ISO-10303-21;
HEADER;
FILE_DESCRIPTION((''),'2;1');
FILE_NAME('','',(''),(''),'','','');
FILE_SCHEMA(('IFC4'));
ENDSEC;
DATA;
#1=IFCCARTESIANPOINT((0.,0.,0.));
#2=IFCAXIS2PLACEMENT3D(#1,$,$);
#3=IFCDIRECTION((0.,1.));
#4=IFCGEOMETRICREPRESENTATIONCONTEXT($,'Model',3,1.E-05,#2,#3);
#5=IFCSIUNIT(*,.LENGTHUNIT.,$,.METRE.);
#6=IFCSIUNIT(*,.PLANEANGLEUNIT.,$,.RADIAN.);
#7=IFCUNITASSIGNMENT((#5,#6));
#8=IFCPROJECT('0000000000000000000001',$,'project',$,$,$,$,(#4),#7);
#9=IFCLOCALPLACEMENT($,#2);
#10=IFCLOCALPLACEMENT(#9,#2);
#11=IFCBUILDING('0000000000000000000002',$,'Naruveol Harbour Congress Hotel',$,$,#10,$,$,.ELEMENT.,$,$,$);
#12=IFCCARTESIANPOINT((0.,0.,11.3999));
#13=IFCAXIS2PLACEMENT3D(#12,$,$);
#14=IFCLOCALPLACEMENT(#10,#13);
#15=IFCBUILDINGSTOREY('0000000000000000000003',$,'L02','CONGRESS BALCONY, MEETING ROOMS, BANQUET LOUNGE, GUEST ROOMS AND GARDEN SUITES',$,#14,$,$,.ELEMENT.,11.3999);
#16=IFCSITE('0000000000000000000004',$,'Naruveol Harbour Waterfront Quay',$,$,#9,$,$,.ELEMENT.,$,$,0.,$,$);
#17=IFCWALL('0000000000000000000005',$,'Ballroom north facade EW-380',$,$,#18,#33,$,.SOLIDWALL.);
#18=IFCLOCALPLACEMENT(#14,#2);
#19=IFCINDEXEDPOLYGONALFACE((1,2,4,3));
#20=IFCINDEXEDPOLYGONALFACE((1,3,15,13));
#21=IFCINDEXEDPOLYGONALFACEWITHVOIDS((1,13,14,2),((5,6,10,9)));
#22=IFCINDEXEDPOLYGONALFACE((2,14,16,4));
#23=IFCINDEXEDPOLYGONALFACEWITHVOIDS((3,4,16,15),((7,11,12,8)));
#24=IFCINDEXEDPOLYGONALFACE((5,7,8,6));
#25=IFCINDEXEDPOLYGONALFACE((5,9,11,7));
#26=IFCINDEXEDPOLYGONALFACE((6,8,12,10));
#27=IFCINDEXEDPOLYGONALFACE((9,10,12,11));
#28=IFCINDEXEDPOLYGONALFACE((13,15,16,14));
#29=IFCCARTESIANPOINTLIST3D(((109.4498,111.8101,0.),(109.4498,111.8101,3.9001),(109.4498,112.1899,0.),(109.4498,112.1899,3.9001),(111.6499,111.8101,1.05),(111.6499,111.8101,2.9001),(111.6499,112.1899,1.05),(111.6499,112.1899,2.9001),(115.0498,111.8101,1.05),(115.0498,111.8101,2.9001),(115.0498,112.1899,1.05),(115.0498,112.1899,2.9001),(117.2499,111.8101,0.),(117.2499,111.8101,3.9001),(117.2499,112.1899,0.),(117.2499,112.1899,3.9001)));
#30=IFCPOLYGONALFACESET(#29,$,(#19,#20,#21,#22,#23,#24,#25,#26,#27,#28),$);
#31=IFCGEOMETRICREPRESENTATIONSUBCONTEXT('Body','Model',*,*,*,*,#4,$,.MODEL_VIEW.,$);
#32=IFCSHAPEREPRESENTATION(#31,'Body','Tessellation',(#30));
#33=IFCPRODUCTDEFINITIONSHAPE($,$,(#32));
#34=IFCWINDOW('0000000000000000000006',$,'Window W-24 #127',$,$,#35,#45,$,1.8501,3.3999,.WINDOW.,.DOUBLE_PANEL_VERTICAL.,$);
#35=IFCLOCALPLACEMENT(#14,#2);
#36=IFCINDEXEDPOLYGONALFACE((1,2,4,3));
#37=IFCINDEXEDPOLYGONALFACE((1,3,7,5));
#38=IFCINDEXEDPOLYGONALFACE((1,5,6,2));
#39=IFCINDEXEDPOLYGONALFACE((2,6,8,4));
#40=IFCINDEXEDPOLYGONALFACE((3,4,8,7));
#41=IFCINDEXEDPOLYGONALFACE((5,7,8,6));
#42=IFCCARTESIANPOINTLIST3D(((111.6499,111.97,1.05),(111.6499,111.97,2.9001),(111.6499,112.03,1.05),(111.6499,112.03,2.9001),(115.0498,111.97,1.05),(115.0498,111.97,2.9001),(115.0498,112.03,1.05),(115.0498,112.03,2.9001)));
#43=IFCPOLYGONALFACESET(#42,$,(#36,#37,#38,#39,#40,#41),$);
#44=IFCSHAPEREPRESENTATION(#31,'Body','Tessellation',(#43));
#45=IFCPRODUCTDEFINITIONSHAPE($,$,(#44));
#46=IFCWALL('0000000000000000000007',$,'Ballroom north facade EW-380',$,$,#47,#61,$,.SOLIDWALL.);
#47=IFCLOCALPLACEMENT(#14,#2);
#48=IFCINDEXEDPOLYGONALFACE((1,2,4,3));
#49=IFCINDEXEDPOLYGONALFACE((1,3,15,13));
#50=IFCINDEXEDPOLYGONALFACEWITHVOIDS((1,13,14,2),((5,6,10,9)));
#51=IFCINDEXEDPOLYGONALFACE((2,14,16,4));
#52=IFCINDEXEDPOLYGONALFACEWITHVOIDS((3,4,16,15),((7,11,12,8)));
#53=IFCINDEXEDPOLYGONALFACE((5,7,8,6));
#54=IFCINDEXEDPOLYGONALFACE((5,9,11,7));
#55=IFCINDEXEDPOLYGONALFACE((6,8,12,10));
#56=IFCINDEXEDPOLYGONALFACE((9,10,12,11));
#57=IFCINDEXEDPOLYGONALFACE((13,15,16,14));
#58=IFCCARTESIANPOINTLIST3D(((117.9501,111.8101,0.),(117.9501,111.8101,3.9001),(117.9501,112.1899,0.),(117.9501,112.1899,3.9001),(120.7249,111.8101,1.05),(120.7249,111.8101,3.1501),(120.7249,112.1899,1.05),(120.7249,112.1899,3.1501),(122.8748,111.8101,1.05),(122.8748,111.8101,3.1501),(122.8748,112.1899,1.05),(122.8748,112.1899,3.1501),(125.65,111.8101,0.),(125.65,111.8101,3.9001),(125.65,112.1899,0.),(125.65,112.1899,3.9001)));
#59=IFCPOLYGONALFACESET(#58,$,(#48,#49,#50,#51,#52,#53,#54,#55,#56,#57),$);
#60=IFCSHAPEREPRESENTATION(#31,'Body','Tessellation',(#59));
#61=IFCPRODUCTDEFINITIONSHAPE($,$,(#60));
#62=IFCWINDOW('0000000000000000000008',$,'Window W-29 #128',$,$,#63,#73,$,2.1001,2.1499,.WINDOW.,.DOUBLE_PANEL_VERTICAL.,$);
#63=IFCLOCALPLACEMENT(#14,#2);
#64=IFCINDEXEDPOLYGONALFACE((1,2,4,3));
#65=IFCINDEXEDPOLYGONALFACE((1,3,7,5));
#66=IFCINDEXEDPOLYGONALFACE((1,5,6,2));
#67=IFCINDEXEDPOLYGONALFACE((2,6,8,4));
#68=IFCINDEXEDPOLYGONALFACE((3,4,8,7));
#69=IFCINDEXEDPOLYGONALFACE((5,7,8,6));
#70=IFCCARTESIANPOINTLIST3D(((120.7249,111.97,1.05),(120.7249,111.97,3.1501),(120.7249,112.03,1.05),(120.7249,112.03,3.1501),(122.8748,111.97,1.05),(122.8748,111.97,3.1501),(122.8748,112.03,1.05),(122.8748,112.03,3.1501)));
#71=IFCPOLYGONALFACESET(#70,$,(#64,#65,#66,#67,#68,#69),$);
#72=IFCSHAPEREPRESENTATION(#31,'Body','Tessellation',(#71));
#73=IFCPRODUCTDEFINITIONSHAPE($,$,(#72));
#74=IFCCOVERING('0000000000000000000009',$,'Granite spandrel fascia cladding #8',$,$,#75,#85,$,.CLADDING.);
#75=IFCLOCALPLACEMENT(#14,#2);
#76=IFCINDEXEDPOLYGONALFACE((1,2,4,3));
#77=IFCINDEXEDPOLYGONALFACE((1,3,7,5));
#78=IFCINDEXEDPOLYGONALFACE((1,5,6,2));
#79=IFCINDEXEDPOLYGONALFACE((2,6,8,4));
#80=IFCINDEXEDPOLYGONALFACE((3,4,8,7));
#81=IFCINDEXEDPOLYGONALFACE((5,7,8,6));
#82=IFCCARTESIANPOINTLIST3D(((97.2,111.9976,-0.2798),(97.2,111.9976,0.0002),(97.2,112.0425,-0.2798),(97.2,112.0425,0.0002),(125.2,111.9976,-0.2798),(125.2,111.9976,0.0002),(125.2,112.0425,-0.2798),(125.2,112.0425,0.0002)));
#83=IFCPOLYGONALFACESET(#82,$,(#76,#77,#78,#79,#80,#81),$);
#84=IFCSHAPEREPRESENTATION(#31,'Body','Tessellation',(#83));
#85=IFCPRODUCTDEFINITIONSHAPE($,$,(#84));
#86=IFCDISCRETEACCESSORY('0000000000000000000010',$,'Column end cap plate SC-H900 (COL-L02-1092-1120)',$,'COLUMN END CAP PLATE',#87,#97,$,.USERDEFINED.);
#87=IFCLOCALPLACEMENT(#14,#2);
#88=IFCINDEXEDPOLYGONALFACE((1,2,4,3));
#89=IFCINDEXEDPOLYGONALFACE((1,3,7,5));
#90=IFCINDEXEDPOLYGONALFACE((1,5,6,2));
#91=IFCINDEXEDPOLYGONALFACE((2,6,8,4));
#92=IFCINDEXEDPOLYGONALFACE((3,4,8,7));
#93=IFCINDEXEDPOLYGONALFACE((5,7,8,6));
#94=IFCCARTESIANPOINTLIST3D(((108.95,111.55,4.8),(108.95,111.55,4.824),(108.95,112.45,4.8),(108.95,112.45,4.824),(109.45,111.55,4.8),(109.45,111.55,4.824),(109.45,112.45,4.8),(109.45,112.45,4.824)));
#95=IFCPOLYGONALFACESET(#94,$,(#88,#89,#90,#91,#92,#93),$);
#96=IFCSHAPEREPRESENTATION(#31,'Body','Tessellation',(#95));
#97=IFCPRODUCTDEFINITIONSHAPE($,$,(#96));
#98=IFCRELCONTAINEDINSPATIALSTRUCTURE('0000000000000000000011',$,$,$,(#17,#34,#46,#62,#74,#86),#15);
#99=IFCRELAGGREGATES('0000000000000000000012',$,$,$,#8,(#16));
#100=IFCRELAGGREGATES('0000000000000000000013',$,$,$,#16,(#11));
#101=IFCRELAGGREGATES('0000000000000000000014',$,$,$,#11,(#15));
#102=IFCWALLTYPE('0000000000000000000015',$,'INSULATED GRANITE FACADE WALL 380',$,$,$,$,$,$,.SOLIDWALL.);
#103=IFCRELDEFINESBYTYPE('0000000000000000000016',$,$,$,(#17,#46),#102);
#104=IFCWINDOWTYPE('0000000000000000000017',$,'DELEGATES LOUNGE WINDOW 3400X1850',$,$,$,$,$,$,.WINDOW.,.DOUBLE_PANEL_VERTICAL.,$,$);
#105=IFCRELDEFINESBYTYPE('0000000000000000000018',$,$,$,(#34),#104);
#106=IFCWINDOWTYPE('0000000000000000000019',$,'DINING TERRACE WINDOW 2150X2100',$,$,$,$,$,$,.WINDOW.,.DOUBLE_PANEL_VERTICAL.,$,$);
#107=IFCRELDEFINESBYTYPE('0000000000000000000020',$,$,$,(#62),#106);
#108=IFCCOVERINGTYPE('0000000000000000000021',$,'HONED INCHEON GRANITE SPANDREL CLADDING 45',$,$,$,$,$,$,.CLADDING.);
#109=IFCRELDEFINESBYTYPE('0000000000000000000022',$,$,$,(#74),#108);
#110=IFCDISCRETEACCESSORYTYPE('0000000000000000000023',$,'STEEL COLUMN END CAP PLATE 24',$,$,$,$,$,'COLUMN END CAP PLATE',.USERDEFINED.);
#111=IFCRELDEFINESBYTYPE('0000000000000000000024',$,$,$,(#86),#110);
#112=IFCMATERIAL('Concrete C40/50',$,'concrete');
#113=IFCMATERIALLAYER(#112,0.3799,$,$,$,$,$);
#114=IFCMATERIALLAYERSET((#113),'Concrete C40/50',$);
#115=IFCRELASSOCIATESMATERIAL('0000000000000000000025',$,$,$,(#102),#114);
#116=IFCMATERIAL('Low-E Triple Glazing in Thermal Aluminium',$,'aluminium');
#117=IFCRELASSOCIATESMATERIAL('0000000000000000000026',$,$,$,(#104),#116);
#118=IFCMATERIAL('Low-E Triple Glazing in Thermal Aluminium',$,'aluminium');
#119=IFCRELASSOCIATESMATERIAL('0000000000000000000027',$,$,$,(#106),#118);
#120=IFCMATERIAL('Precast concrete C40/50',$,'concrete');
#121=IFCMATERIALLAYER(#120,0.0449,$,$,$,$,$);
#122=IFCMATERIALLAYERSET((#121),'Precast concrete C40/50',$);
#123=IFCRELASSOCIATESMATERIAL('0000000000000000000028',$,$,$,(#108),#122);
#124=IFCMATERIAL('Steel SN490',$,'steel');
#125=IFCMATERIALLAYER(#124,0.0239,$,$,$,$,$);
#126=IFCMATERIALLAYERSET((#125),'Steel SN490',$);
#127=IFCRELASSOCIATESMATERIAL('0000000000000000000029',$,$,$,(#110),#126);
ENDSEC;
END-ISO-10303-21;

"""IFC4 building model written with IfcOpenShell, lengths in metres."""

from ifc_helpers import new_model, si_unit, direction, frame, frame_2d, origin, origin_2d, place, context, subcontext, project, spatial, rectangle, extrude, material, layer, layer_set, type_object, element, fill, save


model = new_model("IFC4")

# Units and contexts
model_context = context("Model", 3, precision=1e-05, world=origin(), true_north=direction((0.0, 1.0)))
body_context = subcontext(model_context, "Body", "Model", "MODEL_VIEW")
ifc_project = project(units=[si_unit("LENGTHUNIT", "METRE"), si_unit("PLANEANGLEUNIT", "RADIAN")], contexts=[model_context])

# Site, building, storey
site_placement = place(None, origin())
site = spatial("IfcSite", under=ifc_project, at=site_placement, Name="Naruveol Harbour Waterfront Quay", CompositionType="ELEMENT", RefElevation=0.0)
building_placement = place(site_placement, origin())
building = spatial("IfcBuilding", under=site, at=building_placement, Name="Naruveol Harbour Congress Hotel", CompositionType="ELEMENT")
storey_placement = place(building_placement, frame((0.0, 0.0, 11.3999)))
storey = spatial("IfcBuildingStorey", under=building, at=storey_placement, Name="L02", Description="CONGRESS BALCONY, MEETING ROOMS, BANQUET LOUNGE, GUEST ROOMS AND GARDEN SUITES", CompositionType="ELEMENT", Elevation=11.3999)

# Walls, openings, windows
ifc_material_1 = material(Name="Concrete C40/50", Category="concrete")
ifc_layer_1 = layer(ifc_material_1, 0.3799)
ifc_layer_set_1 = layer_set([ifc_layer_1], Name="Concrete C40/50")
wall_type_1 = type_object("IfcWallType", Name="INSULATED GRANITE FACADE WALL 380", PredefinedType="SOLIDWALL", material=ifc_layer_set_1)
wall_1_placement = place(storey_placement, frame((109.45, 112.0, 0.0), z_axis=(0.0, 0.0, 1.0), x_axis=(1.0, 0.0, 0.0)))
wall_1 = element("IfcWall", 1, at=wall_1_placement, inside=storey, type_object=wall_type_1, Name="Ballroom north facade EW-380", PredefinedType="SOLIDWALL", context=body_context, shape_type="SweptSolid", body=[
    extrude(rectangle(XDim=7.8, YDim=0.3799, at=frame_2d((3.8999, 0.0))), origin(), (0.0, 0.0, 1.0), 3.9001),
])
opening_1_placement = place(wall_1_placement, frame((2.2, 0.0, 1.05)))
opening_1 = element("IfcOpeningElement", 2, at=opening_1_placement, cuts=wall_1, PredefinedType="OPENING", context=body_context, shape_type="SweptSolid", body=[
    extrude(rectangle(XDim=3.3999, YDim=1.8501, at=frame_2d((1.7, 0.925))), frame((0.0, 0.2, 0.0), z_axis=(0.0, -1.0, 0.0), x_axis=(1.0, 0.0, 0.0)), (0.0, 0.0, 1.0), 0.3999),
])
ifc_material_2 = material(Name="Low-E Triple Glazing in Thermal Aluminium", Category="aluminium")
window_type_1 = type_object("IfcWindowType", Name="DELEGATES LOUNGE WINDOW 3400X1850", PartitioningType="DOUBLE_PANEL_VERTICAL", PredefinedType="WINDOW", material=ifc_material_2)
window_1_placement = place(opening_1_placement, origin())
window_1 = element("IfcWindow", 3, at=window_1_placement, inside=storey, type_object=window_type_1, Name="Window W-24 #127", OverallHeight=1.8501, OverallWidth=3.3999, PartitioningType="DOUBLE_PANEL_VERTICAL", PredefinedType="WINDOW", context=body_context, shape_type="SweptSolid", body=[
    extrude(rectangle(XDim=3.3999, YDim=1.8501, at=frame_2d((1.7, 0.925))), frame((0.0, 0.03, 0.0), z_axis=(0.0, -1.0, 0.0), x_axis=(1.0, 0.0, 0.0)), (0.0, 0.0, 1.0), 0.0601),
])
fill(opening_1, window_1)
wall_2_placement = place(storey_placement, frame((117.95, 112.0, 0.0), z_axis=(0.0, 0.0, 1.0), x_axis=(1.0, 0.0, 0.0)))
wall_2 = element("IfcWall", 4, at=wall_2_placement, inside=storey, type_object=wall_type_1, Name="Ballroom north facade EW-380", PredefinedType="SOLIDWALL", context=body_context, shape_type="SweptSolid", body=[
    extrude(rectangle(XDim=7.7, YDim=0.3799, at=frame_2d((3.8501, 0.0))), origin(), (0.0, 0.0, 1.0), 3.9001),
])
opening_2_placement = place(wall_2_placement, frame((2.7749, 0.0, 1.05)))
opening_2 = element("IfcOpeningElement", 5, at=opening_2_placement, cuts=wall_2, PredefinedType="OPENING", context=body_context, shape_type="SweptSolid", body=[
    extrude(rectangle(XDim=2.1499, YDim=2.1001, at=frame_2d((1.075, 1.05))), frame((0.0, 0.2, 0.0), z_axis=(0.0, -1.0, 0.0), x_axis=(1.0, 0.0, 0.0)), (0.0, 0.0, 1.0), 0.3999),
])
ifc_material_3 = material(Name="Low-E Triple Glazing in Thermal Aluminium", Category="aluminium")
window_type_2 = type_object("IfcWindowType", Name="DINING TERRACE WINDOW 2150X2100", PartitioningType="DOUBLE_PANEL_VERTICAL", PredefinedType="WINDOW", material=ifc_material_3)
window_2_placement = place(opening_2_placement, origin())
window_2 = element("IfcWindow", 6, at=window_2_placement, inside=storey, type_object=window_type_2, Name="Window W-29 #128", OverallHeight=2.1001, OverallWidth=2.1499, PartitioningType="DOUBLE_PANEL_VERTICAL", PredefinedType="WINDOW", context=body_context, shape_type="SweptSolid", body=[
    extrude(rectangle(XDim=2.1499, YDim=2.1001, at=frame_2d((1.075, 1.05))), frame((0.0, 0.03, 0.0), z_axis=(0.0, -1.0, 0.0), x_axis=(1.0, 0.0, 0.0)), (0.0, 0.0, 1.0), 0.0601),
])
fill(opening_2, window_2)

# Covering
ifc_material_4 = material(Name="Precast concrete C40/50", Category="concrete")
ifc_layer_2 = layer(ifc_material_4, 0.0449)
ifc_layer_set_2 = layer_set([ifc_layer_2], Name="Precast concrete C40/50")
covering_type = type_object("IfcCoveringType", Name="HONED INCHEON GRANITE SPANDREL CLADDING 45", PredefinedType="CLADDING", material=ifc_layer_set_2)
covering_placement = place(storey_placement, frame((111.2, 112.02, -0.2798), z_axis=(0.0, 0.0, 1.0), x_axis=(1.0, 0.0, 0.0)))
element("IfcCovering", 7, at=covering_placement, inside=storey, type_object=covering_type, Name="Granite spandrel fascia cladding #8", PredefinedType="CLADDING", context=body_context, shape_type="SweptSolid", body=[
    extrude(rectangle(XDim=28.0, YDim=0.0449, at=origin_2d()), origin(), (0.0, 0.0, 1.0), 0.28),
])

# Discrete accessory
ifc_material_5 = material(Name="Steel SN490", Category="steel")
ifc_layer_3 = layer(ifc_material_5, 0.0239)
ifc_layer_set_3 = layer_set([ifc_layer_3], Name="Steel SN490")
discrete_accessory_type = type_object("IfcDiscreteAccessoryType", Name="STEEL COLUMN END CAP PLATE 24", ElementType="COLUMN END CAP PLATE", PredefinedType="USERDEFINED", material=ifc_layer_set_3)
discrete_accessory_placement = place(storey_placement, frame((109.2, 112.0, 4.8), z_axis=(0.0, 0.0, 1.0), x_axis=(1.0, 0.0, 0.0)))
element("IfcDiscreteAccessory", 8, at=discrete_accessory_placement, inside=storey, type_object=discrete_accessory_type, Name="Column end cap plate SC-H900 (COL-L02-1092-1120)", ObjectType="COLUMN END CAP PLATE", PredefinedType="USERDEFINED", context=body_context, shape_type="SweptSolid", body=[
    extrude(rectangle(XDim=0.5, YDim=0.8999, at=origin_2d()), origin(), (0.0, 0.0, 1.0), 0.0239),
])

save(model, "model.ifc")
